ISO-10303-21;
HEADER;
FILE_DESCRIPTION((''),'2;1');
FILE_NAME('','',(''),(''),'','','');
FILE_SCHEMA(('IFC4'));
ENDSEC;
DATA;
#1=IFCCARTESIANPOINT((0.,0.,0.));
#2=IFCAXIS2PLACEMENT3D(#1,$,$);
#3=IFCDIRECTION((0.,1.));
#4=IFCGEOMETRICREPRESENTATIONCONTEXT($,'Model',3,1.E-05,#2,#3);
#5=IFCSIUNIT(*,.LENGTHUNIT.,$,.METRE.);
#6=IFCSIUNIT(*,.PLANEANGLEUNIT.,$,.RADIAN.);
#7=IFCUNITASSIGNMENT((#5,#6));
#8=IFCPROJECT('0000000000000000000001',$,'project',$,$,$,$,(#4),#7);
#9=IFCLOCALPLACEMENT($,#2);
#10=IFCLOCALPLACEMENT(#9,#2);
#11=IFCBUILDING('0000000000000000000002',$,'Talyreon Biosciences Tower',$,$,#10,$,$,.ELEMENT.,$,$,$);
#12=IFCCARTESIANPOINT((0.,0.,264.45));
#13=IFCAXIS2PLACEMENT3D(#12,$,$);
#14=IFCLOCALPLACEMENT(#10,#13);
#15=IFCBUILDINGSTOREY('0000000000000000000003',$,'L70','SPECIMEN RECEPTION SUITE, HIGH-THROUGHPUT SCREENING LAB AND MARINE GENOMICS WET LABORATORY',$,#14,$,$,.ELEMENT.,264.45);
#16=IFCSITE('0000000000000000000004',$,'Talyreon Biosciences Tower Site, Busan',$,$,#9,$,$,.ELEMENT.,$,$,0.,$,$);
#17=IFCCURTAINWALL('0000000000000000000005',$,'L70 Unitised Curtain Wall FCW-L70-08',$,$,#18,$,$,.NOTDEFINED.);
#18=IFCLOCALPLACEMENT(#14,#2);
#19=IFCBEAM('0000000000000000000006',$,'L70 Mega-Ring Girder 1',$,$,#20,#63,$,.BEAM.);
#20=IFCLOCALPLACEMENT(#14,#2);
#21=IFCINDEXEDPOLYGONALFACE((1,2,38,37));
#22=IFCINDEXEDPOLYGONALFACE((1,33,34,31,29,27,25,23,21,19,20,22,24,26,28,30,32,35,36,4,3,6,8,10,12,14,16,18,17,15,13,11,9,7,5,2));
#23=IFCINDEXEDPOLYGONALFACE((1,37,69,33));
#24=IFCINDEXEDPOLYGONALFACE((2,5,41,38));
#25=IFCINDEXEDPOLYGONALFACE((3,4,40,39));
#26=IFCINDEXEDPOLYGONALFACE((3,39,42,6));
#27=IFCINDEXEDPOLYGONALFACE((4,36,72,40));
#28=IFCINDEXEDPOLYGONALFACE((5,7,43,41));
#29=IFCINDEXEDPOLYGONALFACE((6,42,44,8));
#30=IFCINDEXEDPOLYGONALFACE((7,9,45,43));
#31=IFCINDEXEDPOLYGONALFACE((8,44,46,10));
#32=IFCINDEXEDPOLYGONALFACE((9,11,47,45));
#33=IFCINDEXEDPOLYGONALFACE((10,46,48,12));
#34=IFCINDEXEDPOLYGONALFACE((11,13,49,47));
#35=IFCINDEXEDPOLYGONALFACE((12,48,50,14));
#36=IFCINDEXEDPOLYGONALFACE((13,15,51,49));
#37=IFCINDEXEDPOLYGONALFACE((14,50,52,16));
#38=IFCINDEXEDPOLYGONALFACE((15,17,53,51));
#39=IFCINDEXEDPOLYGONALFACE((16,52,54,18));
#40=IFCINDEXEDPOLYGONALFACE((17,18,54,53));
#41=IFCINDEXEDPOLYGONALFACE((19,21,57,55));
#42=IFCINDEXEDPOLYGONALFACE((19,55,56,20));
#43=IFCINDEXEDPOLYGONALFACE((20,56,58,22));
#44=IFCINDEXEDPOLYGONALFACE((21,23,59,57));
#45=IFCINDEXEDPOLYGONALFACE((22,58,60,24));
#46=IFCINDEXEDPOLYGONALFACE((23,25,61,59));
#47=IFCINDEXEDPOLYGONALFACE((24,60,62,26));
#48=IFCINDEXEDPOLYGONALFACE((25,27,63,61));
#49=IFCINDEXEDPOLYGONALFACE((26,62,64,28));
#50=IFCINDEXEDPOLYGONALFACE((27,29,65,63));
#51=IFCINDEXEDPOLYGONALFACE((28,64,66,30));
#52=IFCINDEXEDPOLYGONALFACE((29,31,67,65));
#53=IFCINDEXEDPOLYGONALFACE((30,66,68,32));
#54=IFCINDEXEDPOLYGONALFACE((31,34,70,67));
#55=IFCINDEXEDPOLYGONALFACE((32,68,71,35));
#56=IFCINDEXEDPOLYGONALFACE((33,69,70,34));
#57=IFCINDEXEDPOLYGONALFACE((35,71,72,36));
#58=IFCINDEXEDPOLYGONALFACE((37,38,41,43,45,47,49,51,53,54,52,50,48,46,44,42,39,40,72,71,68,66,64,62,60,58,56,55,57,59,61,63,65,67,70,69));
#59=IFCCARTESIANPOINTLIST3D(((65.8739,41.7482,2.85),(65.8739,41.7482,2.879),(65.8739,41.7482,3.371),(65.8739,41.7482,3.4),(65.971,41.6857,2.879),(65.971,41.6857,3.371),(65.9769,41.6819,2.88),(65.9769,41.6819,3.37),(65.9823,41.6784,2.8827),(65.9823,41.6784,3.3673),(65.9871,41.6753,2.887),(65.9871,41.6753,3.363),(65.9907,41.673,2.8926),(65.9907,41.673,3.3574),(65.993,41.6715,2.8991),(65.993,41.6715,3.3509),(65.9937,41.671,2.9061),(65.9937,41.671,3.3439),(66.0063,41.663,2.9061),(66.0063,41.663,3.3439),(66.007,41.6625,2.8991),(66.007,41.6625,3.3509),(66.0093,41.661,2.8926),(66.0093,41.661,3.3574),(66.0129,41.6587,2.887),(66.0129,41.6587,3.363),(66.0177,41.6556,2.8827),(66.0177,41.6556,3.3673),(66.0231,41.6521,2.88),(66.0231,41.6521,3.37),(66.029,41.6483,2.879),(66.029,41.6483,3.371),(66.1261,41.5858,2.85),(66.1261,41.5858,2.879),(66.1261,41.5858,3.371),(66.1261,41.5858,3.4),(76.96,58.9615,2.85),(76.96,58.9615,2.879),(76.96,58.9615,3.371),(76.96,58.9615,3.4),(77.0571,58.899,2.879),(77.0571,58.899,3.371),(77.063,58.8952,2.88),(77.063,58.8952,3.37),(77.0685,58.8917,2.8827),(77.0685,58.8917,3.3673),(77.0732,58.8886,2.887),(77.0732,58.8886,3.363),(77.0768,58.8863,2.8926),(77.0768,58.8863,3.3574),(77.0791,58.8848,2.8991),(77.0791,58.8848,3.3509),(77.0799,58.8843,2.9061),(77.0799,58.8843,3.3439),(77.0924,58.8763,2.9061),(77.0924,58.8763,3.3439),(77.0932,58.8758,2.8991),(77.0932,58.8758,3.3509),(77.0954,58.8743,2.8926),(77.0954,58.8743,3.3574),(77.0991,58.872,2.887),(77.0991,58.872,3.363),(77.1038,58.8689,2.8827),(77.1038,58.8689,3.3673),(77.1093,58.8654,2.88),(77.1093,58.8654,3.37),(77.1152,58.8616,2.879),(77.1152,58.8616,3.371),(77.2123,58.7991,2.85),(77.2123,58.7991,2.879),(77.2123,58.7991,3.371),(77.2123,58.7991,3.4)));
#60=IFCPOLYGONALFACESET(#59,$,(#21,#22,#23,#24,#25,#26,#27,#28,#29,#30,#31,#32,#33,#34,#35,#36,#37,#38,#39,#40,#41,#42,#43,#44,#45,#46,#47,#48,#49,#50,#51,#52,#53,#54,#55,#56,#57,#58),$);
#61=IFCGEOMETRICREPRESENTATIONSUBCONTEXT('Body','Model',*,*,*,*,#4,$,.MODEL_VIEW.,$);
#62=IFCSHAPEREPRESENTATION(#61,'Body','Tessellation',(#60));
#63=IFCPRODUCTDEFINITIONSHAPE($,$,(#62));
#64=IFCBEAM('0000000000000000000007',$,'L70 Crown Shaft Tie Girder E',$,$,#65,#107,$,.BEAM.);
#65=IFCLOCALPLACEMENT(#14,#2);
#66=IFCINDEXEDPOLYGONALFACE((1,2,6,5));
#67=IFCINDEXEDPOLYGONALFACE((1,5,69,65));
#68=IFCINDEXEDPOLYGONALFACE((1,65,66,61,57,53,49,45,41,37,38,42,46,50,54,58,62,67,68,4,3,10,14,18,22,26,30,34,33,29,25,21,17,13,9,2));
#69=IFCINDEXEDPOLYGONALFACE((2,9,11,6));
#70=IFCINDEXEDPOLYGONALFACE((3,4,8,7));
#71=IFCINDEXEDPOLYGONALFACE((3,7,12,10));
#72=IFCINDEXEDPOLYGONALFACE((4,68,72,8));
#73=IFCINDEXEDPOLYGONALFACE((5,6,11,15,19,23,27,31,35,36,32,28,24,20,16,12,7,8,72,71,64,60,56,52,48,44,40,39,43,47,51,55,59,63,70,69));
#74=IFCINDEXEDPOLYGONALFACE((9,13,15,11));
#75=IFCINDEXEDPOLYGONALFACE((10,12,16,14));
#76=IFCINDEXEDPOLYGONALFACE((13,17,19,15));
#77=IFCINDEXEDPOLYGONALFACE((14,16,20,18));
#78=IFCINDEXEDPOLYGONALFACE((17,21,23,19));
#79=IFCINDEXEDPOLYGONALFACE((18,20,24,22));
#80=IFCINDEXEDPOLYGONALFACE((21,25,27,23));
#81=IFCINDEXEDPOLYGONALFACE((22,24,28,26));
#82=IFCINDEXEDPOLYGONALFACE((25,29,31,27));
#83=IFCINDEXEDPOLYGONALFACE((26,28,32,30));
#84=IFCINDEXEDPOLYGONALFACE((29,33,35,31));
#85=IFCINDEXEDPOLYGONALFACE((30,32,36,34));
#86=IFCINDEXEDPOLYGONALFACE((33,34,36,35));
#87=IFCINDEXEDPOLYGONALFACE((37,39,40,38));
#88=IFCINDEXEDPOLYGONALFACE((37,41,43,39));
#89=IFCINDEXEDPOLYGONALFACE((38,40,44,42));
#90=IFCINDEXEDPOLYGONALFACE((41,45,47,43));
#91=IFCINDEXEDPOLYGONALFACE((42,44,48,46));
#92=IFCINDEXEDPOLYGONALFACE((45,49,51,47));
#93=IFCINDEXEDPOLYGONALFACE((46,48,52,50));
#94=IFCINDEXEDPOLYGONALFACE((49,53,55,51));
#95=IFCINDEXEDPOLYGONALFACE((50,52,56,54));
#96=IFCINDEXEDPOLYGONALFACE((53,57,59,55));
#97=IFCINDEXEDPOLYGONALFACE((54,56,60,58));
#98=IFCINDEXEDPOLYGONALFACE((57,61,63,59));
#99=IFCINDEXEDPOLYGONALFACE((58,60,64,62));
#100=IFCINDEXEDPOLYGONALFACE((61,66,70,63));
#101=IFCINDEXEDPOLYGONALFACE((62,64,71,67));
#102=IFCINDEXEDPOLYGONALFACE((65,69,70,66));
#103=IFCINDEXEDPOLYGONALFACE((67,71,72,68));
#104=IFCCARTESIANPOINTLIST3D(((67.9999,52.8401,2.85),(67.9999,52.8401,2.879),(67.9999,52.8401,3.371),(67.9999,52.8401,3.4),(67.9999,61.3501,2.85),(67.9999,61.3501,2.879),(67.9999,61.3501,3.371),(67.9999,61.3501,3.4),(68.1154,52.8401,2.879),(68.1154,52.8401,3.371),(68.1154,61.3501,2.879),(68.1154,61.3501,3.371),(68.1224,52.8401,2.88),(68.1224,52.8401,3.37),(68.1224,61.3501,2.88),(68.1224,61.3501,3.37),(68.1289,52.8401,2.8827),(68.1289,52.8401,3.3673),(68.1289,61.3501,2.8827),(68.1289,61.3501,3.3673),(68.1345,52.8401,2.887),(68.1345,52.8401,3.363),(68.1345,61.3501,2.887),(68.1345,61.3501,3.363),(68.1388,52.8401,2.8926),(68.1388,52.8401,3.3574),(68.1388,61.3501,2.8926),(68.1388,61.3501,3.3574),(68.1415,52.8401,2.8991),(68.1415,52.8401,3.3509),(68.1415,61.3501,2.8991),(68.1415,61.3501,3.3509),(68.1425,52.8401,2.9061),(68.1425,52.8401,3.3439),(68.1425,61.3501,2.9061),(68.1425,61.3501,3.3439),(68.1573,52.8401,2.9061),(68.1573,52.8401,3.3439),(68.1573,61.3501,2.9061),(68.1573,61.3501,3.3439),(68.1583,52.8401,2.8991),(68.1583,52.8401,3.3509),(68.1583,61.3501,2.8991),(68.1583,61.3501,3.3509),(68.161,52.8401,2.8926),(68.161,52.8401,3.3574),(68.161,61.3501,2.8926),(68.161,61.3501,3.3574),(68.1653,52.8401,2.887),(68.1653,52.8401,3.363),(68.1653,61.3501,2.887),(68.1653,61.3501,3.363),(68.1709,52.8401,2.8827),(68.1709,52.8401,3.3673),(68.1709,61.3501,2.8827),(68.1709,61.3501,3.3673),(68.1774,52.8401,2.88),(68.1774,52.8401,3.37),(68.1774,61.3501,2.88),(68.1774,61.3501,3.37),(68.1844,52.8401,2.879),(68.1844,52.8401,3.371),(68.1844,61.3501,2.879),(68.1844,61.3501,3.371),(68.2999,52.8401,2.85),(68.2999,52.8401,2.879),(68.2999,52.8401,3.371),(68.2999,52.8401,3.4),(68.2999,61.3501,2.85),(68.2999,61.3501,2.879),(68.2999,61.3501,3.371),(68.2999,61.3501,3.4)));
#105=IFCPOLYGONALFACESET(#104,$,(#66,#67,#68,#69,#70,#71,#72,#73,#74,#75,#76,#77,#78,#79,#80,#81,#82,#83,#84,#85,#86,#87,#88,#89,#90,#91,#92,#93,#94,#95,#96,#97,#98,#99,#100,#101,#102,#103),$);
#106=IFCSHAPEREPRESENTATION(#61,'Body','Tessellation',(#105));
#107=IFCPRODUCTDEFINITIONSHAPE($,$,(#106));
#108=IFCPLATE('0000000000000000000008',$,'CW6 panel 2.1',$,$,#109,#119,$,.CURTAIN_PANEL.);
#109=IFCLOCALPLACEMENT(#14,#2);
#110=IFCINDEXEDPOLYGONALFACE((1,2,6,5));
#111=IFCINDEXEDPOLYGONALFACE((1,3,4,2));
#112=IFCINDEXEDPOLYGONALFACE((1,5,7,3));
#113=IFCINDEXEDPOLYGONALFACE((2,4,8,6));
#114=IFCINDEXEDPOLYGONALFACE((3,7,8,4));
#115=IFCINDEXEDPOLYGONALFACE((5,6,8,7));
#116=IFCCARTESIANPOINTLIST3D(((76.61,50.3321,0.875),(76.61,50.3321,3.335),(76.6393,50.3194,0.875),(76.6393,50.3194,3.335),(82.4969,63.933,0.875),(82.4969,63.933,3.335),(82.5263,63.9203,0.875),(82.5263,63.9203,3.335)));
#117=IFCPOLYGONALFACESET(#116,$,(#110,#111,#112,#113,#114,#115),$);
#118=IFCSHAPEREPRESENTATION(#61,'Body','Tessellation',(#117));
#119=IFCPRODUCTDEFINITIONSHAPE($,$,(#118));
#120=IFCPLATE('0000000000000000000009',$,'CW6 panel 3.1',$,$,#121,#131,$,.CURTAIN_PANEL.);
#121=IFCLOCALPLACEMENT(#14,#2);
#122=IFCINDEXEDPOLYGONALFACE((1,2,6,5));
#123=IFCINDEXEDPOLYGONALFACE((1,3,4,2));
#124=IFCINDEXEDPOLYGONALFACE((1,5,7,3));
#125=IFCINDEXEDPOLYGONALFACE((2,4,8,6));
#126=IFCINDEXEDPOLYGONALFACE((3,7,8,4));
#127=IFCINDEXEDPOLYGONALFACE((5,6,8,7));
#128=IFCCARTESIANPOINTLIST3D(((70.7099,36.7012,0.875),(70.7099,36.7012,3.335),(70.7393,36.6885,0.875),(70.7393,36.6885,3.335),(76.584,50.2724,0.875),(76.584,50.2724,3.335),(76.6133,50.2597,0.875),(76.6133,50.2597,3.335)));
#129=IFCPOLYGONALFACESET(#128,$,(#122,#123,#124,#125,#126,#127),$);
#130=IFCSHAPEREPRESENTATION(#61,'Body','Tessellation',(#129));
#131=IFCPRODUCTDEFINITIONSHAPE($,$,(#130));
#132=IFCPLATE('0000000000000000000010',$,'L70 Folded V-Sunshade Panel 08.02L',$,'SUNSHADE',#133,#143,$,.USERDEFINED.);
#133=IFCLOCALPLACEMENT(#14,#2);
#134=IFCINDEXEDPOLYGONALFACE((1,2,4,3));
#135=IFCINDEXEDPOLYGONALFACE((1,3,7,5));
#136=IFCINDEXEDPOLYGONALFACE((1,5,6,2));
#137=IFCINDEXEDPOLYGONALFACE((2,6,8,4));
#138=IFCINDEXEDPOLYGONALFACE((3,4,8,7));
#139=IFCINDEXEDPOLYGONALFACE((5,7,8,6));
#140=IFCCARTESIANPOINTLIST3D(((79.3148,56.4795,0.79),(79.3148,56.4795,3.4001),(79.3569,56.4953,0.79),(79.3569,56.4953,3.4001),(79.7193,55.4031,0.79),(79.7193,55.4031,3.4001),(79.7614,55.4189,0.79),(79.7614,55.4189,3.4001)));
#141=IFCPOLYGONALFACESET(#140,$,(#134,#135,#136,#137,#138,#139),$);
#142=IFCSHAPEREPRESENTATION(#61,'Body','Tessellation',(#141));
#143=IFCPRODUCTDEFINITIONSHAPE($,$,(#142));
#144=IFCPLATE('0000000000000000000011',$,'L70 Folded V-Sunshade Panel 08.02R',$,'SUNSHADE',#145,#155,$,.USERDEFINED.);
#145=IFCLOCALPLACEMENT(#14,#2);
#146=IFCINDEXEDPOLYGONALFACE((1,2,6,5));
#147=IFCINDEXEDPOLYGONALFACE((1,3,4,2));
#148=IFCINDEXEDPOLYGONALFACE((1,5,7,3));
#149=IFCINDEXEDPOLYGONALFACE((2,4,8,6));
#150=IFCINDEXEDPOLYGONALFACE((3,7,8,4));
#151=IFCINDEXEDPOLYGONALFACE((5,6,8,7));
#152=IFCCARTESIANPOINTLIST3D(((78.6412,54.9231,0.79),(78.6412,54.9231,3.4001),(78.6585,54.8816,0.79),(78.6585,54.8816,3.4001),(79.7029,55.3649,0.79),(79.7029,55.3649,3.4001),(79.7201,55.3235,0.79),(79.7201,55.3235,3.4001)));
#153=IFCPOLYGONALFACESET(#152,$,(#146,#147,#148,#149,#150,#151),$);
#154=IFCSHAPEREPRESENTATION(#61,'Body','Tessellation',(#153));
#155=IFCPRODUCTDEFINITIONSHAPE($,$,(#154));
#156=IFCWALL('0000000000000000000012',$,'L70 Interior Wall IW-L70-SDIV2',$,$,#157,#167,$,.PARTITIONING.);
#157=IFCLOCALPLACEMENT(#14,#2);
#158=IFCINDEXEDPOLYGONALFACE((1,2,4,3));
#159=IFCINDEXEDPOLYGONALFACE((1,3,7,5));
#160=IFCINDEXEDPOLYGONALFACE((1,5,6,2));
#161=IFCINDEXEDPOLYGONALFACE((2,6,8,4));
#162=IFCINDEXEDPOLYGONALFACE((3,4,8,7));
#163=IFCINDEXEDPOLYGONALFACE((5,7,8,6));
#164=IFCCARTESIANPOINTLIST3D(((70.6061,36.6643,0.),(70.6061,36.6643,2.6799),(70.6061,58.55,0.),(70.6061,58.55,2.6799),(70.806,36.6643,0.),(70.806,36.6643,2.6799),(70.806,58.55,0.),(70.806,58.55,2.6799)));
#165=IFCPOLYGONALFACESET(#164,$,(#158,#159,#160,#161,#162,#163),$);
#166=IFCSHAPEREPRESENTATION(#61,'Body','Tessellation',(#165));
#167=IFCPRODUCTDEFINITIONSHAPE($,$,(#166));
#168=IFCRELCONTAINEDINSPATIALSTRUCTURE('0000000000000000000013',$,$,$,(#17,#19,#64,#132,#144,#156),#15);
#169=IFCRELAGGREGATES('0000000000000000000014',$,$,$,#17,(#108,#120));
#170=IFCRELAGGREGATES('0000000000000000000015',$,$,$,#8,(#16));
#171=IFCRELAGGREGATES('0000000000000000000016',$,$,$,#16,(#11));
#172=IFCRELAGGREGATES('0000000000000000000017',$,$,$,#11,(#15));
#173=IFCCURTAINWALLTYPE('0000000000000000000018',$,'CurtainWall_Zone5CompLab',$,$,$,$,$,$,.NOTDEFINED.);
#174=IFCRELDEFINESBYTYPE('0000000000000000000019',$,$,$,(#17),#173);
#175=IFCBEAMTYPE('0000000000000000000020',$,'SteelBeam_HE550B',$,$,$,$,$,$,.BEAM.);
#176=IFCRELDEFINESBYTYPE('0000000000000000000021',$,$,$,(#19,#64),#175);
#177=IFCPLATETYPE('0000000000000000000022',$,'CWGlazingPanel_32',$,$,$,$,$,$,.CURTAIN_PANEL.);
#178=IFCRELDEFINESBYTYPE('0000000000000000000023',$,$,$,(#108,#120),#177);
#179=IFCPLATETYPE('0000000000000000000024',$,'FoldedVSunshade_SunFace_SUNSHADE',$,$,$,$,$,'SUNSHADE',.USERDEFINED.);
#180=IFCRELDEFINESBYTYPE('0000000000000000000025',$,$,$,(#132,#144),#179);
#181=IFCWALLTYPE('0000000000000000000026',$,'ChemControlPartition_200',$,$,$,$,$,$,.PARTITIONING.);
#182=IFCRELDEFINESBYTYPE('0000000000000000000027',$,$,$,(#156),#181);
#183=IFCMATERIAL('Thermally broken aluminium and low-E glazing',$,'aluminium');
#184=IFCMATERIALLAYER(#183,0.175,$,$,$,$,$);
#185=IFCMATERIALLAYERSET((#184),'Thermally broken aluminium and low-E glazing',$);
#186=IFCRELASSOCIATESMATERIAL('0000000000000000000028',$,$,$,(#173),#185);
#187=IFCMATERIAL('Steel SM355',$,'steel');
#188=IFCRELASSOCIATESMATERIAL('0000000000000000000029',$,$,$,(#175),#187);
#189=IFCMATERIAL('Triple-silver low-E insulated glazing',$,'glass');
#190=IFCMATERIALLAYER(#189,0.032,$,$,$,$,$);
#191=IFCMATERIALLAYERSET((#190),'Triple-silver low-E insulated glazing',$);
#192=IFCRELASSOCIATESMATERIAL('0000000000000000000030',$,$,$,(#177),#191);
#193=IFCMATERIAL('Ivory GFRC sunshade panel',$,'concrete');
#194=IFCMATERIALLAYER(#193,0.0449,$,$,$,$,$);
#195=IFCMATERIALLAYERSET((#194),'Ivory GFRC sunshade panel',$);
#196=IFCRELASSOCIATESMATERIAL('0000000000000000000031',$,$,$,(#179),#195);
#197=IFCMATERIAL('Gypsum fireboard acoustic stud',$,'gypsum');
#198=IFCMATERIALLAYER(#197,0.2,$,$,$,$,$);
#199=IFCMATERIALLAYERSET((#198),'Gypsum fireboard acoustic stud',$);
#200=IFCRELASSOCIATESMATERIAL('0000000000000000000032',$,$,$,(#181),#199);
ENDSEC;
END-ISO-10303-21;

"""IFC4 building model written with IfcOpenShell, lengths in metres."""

from ifc_helpers import new_model, si_unit, direction, frame, frame_2d, origin, origin_2d, place, context, subcontext, project, spatial, rectangle, i_section, extrude, material, layer, layer_set, material_profile, profile_set, type_object, element, aggregate, save


model = new_model("IFC4")

# Units and contexts
model_context = context("Model", 3, precision=1e-05, world=origin(), true_north=direction((0.0, 1.0)))
body_context = subcontext(model_context, "Body", "Model", "MODEL_VIEW")
ifc_project = project(units=[si_unit("LENGTHUNIT", "METRE"), si_unit("PLANEANGLEUNIT", "RADIAN")], contexts=[model_context])

# Site, building, storey
site_placement = place(None, origin())
site = spatial("IfcSite", under=ifc_project, at=site_placement, Name="Talyreon Biosciences Tower Site, Busan", CompositionType="ELEMENT", RefElevation=0.0)
building_placement = place(site_placement, origin())
building = spatial("IfcBuilding", under=site, at=building_placement, Name="Talyreon Biosciences Tower", CompositionType="ELEMENT")
storey_placement = place(building_placement, frame((0.0, 0.0, 264.45)))
storey = spatial("IfcBuildingStorey", under=building, at=storey_placement, Name="L70", Description="SPECIMEN RECEPTION SUITE, HIGH-THROUGHPUT SCREENING LAB AND MARINE GENOMICS WET LABORATORY", CompositionType="ELEMENT", Elevation=264.45)

# Curtain wall
ifc_material_1 = material(Name="Thermally broken aluminium and low-E glazing", Category="aluminium")
ifc_layer_1 = layer(ifc_material_1, 0.175)
ifc_layer_set_1 = layer_set([ifc_layer_1], Name="Thermally broken aluminium and low-E glazing")
curtain_wall_type = type_object("IfcCurtainWallType", Name="CurtainWall_Zone5CompLab", PredefinedType="NOTDEFINED", material=ifc_layer_set_1)
curtain_wall_placement = place(storey_placement, origin())
curtain_wall = element("IfcCurtainWall", 1, at=curtain_wall_placement, inside=storey, type_object=curtain_wall_type, Name="L70 Unitised Curtain Wall FCW-L70-08", PredefinedType="NOTDEFINED")

# Beams
ifc_material_2 = material(Name="Steel SM355", Category="steel")
ifc_material_profile_1 = material_profile(ifc_material_2, i_section(OverallWidth=0.3, OverallDepth=0.55, WebThickness=0.0149, FlangeThickness=0.0291, FilletRadius=0.0271, at=origin_2d()), Name="HE550B")
ifc_profile_set_1 = profile_set([ifc_material_profile_1], Name="Steel SM355")
beam_type_1 = type_object("IfcBeamType", Name="SteelBeam_HE550B", PredefinedType="BEAM", material=ifc_profile_set_1)
beam_1_placement = place(storey_placement, frame((66.0, 41.667, 3.125), z_axis=(0.541464, 0.840724, 0.0), x_axis=(-0.840724, 0.541464, 0.0)))
element("IfcBeam", 2, at=beam_1_placement, inside=storey, type_object=beam_type_1, Name="L70 Mega-Ring Girder 1", PredefinedType="BEAM", context=body_context, shape_type="SweptSolid", body=[
    extrude(i_section(OverallWidth=0.3, OverallDepth=0.55, WebThickness=0.0149, FlangeThickness=0.0291, FilletRadius=0.0271, at=origin_2d()), origin(), (0.0, 0.0, 1.0), 20.4744),
])
beam_2_placement = place(storey_placement, frame((68.1499, 52.8401, 3.125), z_axis=(0.0, 1.0, 0.0), x_axis=(-1.0, 0.0, 0.0)))
element("IfcBeam", 3, at=beam_2_placement, inside=storey, type_object=beam_type_1, Name="L70 Crown Shaft Tie Girder E", PredefinedType="BEAM", context=body_context, shape_type="SweptSolid", body=[
    extrude(i_section(OverallWidth=0.3, OverallDepth=0.55, WebThickness=0.0149, FlangeThickness=0.0291, FilletRadius=0.0271, at=origin_2d()), origin(), (0.0, 0.0, 1.0), 8.51),
])

# Plates
ifc_material_3 = material(Name="Triple-silver low-E insulated glazing", Category="glass")
ifc_layer_2 = layer(ifc_material_3, 0.032)
ifc_layer_set_2 = layer_set([ifc_layer_2], Name="Triple-silver low-E insulated glazing")
plate_type_1 = type_object("IfcPlateType", Name="CWGlazingPanel_32", PredefinedType="CURTAIN_PANEL", material=ifc_layer_set_2)
plate_1_placement = place(storey_placement, frame((79.5681, 57.1262, 0.875), z_axis=(0.0, 0.0, 1.0), x_axis=(-0.397221, -0.917723, 0.0)))
plate_1 = element("IfcPlate", 4, at=plate_1_placement, type_object=plate_type_1, Name="CW6 panel 2.1", PredefinedType="CURTAIN_PANEL", context=body_context, shape_type="SweptSolid", body=[
    extrude(rectangle(XDim=14.8203, YDim=0.032, at=origin_2d()), origin(), (0.0, 0.0, 1.0), 2.46),
])
plate_2_placement = place(storey_placement, frame((73.6616, 43.4805, 0.875), z_axis=(0.0, 0.0, 1.0), x_axis=(-0.397221, -0.917723, 0.0)))
plate_2 = element("IfcPlate", 5, at=plate_2_placement, type_object=plate_type_1, Name="CW6 panel 3.1", PredefinedType="CURTAIN_PANEL", context=body_context, shape_type="SweptSolid", body=[
    extrude(rectangle(XDim=14.7878, YDim=0.032, at=origin_2d()), origin(), (0.0, 0.0, 1.0), 2.46),
])
aggregate(curtain_wall, [plate_1, plate_2])

# Plates
ifc_material_4 = material(Name="Ivory GFRC sunshade panel", Category="concrete")
ifc_layer_3 = layer(ifc_material_4, 0.0449)
ifc_layer_set_3 = layer_set([ifc_layer_3], Name="Ivory GFRC sunshade panel")
plate_type_2 = type_object("IfcPlateType", Name="FoldedVSunshade_SunFace_SUNSHADE", ElementType="SUNSHADE", PredefinedType="USERDEFINED", material=ifc_layer_set_3)
for number, where, z_axis, x_axis, name in (
    (6, (79.5381, 55.9492, 0.79), (0.0, 0.0, 1.0), (0.35176, -0.93609, 0.0), "L70 Folded V-Sunshade Panel 08.02L"),
    (7, (79.1807, 55.1233, 0.79), (0.0, 0.0, 1.0), (-0.923244, -0.384215, 0.0), "L70 Folded V-Sunshade Panel 08.02R"),
):
    element("IfcPlate", number, at=place(storey_placement, frame(where, z_axis=z_axis, x_axis=x_axis)), inside=storey, type_object=plate_type_2, Name=name, ObjectType="SUNSHADE", PredefinedType="USERDEFINED", context=body_context, shape_type="SweptSolid", body=[
        extrude(rectangle(XDim=1.1499, YDim=0.0449, at=origin_2d()), origin(), (0.0, 0.0, 1.0), 2.6101),
    ])

# Wall
ifc_material_5 = material(Name="Gypsum fireboard acoustic stud", Category="gypsum")
ifc_layer_4 = layer(ifc_material_5, 0.2)
ifc_layer_set_4 = layer_set([ifc_layer_4], Name="Gypsum fireboard acoustic stud")
wall_type_1 = type_object("IfcWallType", Name="ChemControlPartition_200", PredefinedType="PARTITIONING", material=ifc_layer_set_4)
wall_1_placement = place(storey_placement, frame((70.7061, 36.6643, 0.0), z_axis=(0.0, 0.0, 1.0), x_axis=(0.0, 1.0, 0.0)))
element("IfcWall", 8, at=wall_1_placement, inside=storey, type_object=wall_type_1, Name="L70 Interior Wall IW-L70-SDIV2", PredefinedType="PARTITIONING", context=body_context, shape_type="SweptSolid", body=[
    extrude(rectangle(XDim=21.8857, YDim=0.2, at=frame_2d((10.9429, 0.0))), origin(), (0.0, 0.0, 1.0), 2.6799),
])

save(model, "model.ifc")
